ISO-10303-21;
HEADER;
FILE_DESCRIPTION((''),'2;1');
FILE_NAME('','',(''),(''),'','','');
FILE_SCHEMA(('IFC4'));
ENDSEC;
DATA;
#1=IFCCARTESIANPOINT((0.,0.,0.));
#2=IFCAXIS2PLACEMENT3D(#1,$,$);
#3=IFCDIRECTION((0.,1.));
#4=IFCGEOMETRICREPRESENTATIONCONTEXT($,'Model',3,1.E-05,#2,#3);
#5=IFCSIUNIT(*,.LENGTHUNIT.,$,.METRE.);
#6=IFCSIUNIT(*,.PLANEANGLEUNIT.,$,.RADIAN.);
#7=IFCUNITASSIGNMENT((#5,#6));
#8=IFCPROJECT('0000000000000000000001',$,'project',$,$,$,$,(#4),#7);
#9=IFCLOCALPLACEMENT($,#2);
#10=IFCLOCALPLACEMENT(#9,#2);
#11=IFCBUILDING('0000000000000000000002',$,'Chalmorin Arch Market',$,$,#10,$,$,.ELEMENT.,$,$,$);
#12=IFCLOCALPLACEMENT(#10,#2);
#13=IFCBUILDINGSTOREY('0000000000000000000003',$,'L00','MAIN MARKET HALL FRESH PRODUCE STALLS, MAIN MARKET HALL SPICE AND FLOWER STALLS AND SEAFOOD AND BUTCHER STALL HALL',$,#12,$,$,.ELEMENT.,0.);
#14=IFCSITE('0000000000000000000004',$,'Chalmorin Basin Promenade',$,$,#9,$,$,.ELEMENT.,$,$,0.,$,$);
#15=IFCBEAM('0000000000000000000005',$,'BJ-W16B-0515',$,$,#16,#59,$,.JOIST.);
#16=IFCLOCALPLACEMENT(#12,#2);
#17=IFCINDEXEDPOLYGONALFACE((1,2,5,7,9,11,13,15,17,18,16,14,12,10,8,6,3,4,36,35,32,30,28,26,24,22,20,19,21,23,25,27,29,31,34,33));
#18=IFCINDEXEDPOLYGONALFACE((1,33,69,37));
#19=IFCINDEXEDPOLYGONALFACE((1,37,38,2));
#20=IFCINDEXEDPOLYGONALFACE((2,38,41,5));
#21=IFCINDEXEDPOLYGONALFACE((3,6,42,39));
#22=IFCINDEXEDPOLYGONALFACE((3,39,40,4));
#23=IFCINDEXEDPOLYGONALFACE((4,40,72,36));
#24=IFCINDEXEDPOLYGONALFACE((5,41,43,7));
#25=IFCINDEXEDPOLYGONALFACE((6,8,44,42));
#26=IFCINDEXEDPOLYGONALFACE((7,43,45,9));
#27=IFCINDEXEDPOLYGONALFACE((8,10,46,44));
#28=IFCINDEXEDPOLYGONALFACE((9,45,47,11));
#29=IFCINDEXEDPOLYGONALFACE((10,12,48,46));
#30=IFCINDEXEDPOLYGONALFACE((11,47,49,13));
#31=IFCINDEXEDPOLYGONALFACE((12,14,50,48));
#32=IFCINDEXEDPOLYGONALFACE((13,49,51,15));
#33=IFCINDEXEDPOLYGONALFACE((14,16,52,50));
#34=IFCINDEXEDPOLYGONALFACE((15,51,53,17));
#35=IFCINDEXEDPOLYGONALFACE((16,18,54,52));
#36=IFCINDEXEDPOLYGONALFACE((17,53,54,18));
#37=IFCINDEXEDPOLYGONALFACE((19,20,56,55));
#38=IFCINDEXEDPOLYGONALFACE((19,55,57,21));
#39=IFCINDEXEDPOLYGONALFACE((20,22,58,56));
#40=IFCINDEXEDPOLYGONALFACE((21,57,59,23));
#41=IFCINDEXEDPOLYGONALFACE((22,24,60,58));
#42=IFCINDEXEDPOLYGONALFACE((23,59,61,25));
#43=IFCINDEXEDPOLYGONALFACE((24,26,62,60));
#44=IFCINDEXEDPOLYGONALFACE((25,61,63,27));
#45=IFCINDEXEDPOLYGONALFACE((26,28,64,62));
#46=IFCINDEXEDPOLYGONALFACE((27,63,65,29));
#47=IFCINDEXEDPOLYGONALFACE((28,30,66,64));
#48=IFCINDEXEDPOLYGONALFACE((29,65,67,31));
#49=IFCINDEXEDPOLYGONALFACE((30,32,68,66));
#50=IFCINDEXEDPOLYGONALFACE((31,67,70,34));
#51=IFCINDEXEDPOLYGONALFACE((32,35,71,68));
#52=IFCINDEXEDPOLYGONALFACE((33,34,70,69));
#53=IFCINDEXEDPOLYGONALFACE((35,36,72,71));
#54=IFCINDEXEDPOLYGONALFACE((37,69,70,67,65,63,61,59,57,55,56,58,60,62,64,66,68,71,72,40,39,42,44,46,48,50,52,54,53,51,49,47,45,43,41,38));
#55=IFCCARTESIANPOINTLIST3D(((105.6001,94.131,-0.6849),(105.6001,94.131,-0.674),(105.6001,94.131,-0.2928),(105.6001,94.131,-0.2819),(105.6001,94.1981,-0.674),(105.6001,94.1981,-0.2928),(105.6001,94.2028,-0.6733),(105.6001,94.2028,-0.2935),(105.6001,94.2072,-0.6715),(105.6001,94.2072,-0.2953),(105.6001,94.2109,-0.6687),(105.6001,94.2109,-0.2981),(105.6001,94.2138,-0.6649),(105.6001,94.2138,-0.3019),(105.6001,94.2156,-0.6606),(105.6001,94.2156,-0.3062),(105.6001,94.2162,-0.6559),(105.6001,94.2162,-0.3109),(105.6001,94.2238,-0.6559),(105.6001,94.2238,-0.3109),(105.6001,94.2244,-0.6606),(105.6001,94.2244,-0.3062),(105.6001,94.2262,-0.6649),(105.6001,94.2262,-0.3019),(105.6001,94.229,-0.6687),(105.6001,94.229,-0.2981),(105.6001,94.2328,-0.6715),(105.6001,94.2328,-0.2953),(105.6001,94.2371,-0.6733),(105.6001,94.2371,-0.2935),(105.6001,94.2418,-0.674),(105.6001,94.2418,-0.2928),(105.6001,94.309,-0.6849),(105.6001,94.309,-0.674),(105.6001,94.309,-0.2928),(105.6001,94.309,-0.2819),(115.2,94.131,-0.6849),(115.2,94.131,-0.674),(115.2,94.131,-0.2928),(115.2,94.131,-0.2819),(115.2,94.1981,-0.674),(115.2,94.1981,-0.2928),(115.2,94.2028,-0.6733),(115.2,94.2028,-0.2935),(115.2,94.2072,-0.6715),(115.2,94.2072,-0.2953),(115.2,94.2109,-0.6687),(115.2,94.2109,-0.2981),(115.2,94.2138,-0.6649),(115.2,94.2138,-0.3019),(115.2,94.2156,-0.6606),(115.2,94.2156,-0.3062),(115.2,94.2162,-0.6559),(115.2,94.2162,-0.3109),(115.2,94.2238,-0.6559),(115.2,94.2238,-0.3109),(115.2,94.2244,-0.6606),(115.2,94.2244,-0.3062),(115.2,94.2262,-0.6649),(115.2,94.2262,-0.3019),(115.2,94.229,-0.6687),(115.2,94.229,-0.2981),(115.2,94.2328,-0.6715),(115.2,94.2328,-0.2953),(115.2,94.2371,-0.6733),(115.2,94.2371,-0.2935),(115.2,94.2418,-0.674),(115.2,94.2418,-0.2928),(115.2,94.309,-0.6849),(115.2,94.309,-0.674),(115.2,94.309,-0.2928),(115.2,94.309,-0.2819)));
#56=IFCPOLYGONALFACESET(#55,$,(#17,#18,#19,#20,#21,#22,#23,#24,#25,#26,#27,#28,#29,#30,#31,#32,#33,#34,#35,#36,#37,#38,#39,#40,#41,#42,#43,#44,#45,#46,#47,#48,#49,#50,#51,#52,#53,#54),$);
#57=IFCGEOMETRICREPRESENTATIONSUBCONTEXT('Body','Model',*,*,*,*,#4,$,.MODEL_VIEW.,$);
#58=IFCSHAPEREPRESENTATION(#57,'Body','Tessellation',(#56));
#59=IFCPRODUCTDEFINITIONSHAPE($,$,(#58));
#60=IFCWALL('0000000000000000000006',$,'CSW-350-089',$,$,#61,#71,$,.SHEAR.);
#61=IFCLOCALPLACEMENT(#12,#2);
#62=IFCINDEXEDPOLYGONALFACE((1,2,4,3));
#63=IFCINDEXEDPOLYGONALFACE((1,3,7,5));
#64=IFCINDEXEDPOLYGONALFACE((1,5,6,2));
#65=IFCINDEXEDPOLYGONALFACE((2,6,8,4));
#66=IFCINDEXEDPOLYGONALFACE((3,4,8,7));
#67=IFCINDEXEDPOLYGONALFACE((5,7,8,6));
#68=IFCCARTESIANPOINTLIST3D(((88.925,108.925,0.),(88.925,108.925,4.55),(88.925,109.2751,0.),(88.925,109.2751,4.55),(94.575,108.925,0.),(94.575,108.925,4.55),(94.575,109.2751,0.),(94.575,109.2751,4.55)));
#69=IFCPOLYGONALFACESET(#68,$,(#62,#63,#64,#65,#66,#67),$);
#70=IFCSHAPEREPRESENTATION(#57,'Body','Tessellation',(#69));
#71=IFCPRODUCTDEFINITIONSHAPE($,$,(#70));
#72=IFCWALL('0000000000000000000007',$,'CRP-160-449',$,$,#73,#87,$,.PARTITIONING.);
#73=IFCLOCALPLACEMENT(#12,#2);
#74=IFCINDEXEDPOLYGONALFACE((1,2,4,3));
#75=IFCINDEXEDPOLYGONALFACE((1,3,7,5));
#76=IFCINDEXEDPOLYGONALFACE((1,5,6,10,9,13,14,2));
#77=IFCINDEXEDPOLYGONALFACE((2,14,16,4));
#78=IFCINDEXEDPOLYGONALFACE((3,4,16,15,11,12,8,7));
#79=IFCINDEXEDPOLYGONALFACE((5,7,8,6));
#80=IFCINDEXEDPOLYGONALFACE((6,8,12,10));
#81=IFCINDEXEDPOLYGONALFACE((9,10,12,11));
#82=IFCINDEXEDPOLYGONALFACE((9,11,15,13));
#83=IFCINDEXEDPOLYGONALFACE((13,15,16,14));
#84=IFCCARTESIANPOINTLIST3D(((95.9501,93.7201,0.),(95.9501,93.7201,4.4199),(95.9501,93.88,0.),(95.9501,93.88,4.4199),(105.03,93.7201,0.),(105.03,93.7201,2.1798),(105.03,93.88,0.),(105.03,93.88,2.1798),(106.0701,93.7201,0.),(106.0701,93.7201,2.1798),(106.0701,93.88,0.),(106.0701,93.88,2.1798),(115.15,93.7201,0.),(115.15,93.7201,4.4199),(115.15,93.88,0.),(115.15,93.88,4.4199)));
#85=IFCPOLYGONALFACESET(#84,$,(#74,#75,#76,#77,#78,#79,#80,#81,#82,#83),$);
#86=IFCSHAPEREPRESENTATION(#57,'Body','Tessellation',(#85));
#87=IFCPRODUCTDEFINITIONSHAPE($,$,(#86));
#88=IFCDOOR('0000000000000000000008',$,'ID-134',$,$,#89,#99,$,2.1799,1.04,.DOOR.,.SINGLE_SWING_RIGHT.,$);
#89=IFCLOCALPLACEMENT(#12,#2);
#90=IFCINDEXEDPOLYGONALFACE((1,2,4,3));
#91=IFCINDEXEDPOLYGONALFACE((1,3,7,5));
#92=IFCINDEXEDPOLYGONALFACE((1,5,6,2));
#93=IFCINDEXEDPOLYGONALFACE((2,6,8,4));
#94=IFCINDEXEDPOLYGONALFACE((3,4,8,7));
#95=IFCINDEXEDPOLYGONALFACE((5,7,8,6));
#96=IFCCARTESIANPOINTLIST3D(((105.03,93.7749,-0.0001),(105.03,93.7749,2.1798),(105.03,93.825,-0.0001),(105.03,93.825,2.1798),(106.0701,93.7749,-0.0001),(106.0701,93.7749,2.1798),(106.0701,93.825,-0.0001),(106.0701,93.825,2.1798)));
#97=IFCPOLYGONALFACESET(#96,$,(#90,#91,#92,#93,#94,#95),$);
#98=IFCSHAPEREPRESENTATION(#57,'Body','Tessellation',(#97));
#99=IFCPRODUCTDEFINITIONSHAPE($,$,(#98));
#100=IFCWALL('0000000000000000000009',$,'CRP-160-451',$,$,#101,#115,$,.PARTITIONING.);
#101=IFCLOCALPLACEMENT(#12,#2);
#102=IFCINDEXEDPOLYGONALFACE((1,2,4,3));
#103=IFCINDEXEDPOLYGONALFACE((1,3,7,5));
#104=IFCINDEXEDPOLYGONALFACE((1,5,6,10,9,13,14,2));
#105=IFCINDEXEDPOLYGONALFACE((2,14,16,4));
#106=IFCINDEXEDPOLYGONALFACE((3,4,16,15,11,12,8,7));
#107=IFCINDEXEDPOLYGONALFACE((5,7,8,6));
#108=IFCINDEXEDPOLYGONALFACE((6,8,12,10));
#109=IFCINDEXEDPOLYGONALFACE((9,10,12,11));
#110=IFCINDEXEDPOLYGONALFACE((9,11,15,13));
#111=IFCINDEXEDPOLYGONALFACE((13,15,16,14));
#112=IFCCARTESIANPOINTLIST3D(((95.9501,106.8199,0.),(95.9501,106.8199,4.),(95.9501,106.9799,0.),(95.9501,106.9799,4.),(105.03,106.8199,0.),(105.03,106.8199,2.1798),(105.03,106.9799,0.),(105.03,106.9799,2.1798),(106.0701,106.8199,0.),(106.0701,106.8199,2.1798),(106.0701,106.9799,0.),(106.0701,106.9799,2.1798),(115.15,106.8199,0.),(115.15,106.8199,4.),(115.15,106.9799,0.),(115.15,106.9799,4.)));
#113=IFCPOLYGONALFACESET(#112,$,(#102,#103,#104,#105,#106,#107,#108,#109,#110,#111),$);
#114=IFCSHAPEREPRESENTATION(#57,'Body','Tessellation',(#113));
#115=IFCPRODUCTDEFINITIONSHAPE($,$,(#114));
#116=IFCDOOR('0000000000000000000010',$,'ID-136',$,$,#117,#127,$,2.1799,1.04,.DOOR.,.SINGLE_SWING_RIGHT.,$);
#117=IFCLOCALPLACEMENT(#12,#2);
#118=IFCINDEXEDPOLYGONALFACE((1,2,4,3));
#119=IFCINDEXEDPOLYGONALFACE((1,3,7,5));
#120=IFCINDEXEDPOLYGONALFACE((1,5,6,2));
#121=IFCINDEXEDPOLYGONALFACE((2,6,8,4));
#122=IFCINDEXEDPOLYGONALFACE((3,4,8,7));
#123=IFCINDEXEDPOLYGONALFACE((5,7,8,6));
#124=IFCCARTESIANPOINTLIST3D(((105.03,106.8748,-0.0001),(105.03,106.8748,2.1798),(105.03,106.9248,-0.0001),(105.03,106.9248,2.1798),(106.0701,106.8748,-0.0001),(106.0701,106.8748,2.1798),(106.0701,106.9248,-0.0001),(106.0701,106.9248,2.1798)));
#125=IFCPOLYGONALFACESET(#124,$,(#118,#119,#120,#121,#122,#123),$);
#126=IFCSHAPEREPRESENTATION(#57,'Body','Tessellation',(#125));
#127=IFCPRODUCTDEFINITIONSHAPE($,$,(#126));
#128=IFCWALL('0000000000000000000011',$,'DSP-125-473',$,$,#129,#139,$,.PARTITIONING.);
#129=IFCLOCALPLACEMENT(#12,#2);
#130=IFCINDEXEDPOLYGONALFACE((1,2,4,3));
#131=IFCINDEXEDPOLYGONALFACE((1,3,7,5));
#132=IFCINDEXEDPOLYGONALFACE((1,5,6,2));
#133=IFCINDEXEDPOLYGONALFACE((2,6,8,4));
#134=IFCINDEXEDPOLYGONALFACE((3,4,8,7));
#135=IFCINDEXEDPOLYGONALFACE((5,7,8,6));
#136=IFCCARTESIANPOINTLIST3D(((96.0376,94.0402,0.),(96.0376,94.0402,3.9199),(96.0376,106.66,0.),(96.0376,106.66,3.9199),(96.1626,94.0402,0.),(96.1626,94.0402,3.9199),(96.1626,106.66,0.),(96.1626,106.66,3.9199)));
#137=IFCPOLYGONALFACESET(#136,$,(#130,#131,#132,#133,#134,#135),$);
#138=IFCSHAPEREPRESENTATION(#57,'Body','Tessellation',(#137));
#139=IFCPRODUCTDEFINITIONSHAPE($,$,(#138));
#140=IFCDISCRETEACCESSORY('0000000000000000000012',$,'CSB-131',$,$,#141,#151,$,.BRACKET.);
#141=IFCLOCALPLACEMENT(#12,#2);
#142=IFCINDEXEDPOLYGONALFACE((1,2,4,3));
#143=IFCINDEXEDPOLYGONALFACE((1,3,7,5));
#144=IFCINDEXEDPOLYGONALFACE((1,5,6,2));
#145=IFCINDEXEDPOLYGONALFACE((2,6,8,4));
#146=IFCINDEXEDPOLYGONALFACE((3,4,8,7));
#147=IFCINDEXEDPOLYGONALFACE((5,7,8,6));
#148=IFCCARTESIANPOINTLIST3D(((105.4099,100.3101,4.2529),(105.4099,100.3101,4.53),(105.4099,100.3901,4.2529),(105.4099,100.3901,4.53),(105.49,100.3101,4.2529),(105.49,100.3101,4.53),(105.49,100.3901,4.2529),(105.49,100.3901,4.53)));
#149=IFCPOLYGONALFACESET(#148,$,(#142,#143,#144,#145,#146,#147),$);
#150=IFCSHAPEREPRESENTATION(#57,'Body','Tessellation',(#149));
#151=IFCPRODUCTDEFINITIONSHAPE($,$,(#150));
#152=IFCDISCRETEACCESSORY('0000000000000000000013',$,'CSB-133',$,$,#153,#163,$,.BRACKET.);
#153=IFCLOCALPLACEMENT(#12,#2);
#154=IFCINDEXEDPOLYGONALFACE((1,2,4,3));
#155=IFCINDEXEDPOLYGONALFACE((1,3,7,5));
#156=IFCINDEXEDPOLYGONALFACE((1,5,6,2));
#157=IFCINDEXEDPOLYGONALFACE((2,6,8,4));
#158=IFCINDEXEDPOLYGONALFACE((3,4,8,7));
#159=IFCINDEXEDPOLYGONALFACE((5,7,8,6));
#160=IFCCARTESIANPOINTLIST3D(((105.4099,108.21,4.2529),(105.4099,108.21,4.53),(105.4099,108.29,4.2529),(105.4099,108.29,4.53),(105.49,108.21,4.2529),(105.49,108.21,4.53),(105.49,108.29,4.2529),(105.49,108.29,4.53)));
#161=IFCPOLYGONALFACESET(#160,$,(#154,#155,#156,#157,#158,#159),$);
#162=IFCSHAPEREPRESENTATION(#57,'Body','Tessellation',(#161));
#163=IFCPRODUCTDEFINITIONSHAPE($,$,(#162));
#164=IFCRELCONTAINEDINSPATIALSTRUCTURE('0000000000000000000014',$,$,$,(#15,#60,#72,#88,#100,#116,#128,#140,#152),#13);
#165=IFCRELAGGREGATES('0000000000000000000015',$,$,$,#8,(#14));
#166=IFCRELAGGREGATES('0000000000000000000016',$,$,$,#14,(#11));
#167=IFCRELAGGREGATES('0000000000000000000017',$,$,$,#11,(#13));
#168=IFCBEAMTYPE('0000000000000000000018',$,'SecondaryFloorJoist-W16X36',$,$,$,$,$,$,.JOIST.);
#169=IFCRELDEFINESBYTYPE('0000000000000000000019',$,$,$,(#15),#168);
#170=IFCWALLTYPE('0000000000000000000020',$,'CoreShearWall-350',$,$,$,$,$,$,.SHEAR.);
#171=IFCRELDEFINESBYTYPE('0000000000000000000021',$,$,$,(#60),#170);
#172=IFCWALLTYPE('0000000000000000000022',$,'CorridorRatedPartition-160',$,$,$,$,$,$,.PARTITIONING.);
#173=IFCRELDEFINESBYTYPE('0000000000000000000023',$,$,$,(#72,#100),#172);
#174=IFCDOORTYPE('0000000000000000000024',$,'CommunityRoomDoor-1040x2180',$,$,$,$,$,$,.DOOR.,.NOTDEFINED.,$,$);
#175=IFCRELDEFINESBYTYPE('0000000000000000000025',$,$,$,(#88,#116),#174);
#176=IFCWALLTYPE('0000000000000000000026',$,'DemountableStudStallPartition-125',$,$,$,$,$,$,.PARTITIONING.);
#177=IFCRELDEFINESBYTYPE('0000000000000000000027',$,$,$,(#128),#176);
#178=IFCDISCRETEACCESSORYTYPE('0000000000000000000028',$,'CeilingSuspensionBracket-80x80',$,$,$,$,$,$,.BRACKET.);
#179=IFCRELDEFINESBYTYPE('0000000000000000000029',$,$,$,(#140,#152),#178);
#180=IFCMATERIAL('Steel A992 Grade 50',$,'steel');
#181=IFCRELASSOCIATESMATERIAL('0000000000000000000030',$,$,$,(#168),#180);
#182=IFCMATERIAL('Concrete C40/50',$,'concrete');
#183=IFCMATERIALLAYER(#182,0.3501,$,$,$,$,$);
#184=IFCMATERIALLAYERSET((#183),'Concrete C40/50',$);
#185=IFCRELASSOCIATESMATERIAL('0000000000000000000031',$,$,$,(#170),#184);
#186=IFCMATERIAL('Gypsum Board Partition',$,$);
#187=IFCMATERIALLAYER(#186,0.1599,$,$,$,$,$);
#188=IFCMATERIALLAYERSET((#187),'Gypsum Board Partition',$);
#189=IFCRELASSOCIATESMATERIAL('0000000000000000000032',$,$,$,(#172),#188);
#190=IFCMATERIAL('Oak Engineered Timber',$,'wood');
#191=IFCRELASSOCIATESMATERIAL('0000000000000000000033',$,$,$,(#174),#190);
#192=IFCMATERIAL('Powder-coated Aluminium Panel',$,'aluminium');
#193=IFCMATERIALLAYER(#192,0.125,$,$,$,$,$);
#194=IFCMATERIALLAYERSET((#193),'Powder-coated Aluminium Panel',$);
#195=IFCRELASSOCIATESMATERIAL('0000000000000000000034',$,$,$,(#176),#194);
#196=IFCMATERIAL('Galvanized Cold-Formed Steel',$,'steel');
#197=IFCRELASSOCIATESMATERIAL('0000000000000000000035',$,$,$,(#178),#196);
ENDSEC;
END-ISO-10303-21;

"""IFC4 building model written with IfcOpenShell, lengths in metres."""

from ifc_helpers import new_model, si_unit, direction, frame, frame_2d, origin, origin_2d, place, context, subcontext, project, spatial, rectangle, i_section, extrude, material, layer, layer_set, material_profile, profile_set, type_object, element, fill, save


model = new_model("IFC4")

# Units and contexts
model_context = context("Model", 3, precision=1e-05, world=origin(), true_north=direction((0.0, 1.0)))
body_context = subcontext(model_context, "Body", "Model", "MODEL_VIEW")
ifc_project = project(units=[si_unit("LENGTHUNIT", "METRE"), si_unit("PLANEANGLEUNIT", "RADIAN")], contexts=[model_context])

# Site, building, storey
site_placement = place(None, origin())
site = spatial("IfcSite", under=ifc_project, at=site_placement, Name="Chalmorin Basin Promenade", CompositionType="ELEMENT", RefElevation=0.0)
building_placement = place(site_placement, origin())
building = spatial("IfcBuilding", under=site, at=building_placement, Name="Chalmorin Arch Market", CompositionType="ELEMENT")
storey_placement = place(building_placement, origin())
storey = spatial("IfcBuildingStorey", under=building, at=storey_placement, Name="L00", Description="MAIN MARKET HALL FRESH PRODUCE STALLS, MAIN MARKET HALL SPICE AND FLOWER STALLS AND SEAFOOD AND BUTCHER STALL HALL", CompositionType="ELEMENT", Elevation=0.0)

# Shared definitions
ifc_material_1 = material(Name="Concrete C40/50", Category="concrete")

# Beam
ifc_material_2 = material(Name="Steel A992 Grade 50", Category="steel")
ifc_material_profile_1 = material_profile(ifc_material_2, i_section(OverallWidth=0.178, OverallDepth=0.4031, WebThickness=0.0076, FlangeThickness=0.011, FilletRadius=0.0181, at=origin_2d()), Name="W16X36")
ifc_profile_set_1 = profile_set([ifc_material_profile_1], Name="Steel A992 Grade 50")
beam_type_1 = type_object("IfcBeamType", Name="SecondaryFloorJoist-W16X36", PredefinedType="JOIST", material=ifc_profile_set_1)
beam_1_placement = place(storey_placement, frame((105.6001, 94.22, -0.4834), z_axis=(1.0, 0.0, 0.0), x_axis=(0.0, 1.0, 0.0)))
element("IfcBeam", 1, at=beam_1_placement, inside=storey, type_object=beam_type_1, Name="BJ-W16B-0515", PredefinedType="JOIST", context=body_context, shape_type="SweptSolid", body=[
    extrude(i_section(OverallWidth=0.178, OverallDepth=0.4031, WebThickness=0.0076, FlangeThickness=0.011, FilletRadius=0.0181, at=origin_2d()), origin(), (0.0, 0.0, 1.0), 9.5999),
])

# Wall
ifc_layer_1 = layer(ifc_material_1, 0.3501)
ifc_layer_set_1 = layer_set([ifc_layer_1], Name="Concrete C40/50")
wall_type_1 = type_object("IfcWallType", Name="CoreShearWall-350", PredefinedType="SHEAR", material=ifc_layer_set_1)
wall_1_placement = place(storey_placement, frame((94.575, 109.1001, 0.0), z_axis=(0.0, 0.0, 1.0), x_axis=(-1.0, 0.0, 0.0)))
element("IfcWall", 2, at=wall_1_placement, inside=storey, type_object=wall_type_1, Name="CSW-350-089", PredefinedType="SHEAR", context=body_context, shape_type="SweptSolid", body=[
    extrude(rectangle(XDim=5.6499, YDim=0.3501, at=frame_2d((2.825, 0.0))), origin(), (0.0, 0.0, 1.0), 4.55),
])

# Walls, openings, doors
ifc_material_3 = material(Name="Gypsum Board Partition")
ifc_layer_2 = layer(ifc_material_3, 0.1599)
ifc_layer_set_2 = layer_set([ifc_layer_2], Name="Gypsum Board Partition")
wall_type_2 = type_object("IfcWallType", Name="CorridorRatedPartition-160", PredefinedType="PARTITIONING", material=ifc_layer_set_2)
wall_2_placement = place(storey_placement, frame((95.95, 93.8, 0.0), z_axis=(0.0, 0.0, 1.0), x_axis=(1.0, 0.0, 0.0)))
wall_2 = element("IfcWall", 3, at=wall_2_placement, inside=storey, type_object=wall_type_2, Name="CRP-160-449", PredefinedType="PARTITIONING", context=body_context, shape_type="SweptSolid", body=[
    extrude(rectangle(XDim=19.2, YDim=0.1599, at=frame_2d((9.6001, 0.0))), origin(), (0.0, 0.0, 1.0), 4.4199),
])
opening_1_placement = place(wall_2_placement, frame((9.0801, 0.0, 0.0)))
opening_1 = element("IfcOpeningElement", 4, at=opening_1_placement, cuts=wall_2, PredefinedType="OPENING", context=body_context, shape_type="SweptSolid", body=[
    extrude(rectangle(XDim=1.04, YDim=2.1799, at=frame_2d((0.52, 1.0898))), frame((0.0, 0.0898, 0.0), z_axis=(0.0, -1.0, 0.0), x_axis=(1.0, 0.0, 0.0)), (0.0, 0.0, 1.0), 0.1799),
])
ifc_material_4 = material(Name="Oak Engineered Timber", Category="wood")
door_type_1 = type_object("IfcDoorType", Name="CommunityRoomDoor-1040x2180", OperationType="NOTDEFINED", PredefinedType="DOOR", material=ifc_material_4)
door_1_placement = place(opening_1_placement, origin())
door_1 = element("IfcDoor", 5, at=door_1_placement, inside=storey, type_object=door_type_1, Name="ID-134", OperationType="SINGLE_SWING_RIGHT", OverallHeight=2.1799, OverallWidth=1.04, PredefinedType="DOOR", context=body_context, shape_type="SweptSolid", body=[
    extrude(rectangle(XDim=1.04, YDim=2.1799, at=frame_2d((0.52, 1.0898))), frame((0.0, 0.0249, 0.0), z_axis=(0.0, -1.0, 0.0), x_axis=(1.0, 0.0, 0.0)), (0.0, 0.0, 1.0), 0.05),
])
fill(opening_1, door_1)
wall_3_placement = place(storey_placement, frame((95.95, 106.8999, 0.0), z_axis=(0.0, 0.0, 1.0), x_axis=(1.0, 0.0, 0.0)))
wall_3 = element("IfcWall", 6, at=wall_3_placement, inside=storey, type_object=wall_type_2, Name="CRP-160-451", PredefinedType="PARTITIONING", context=body_context, shape_type="SweptSolid", body=[
    extrude(rectangle(XDim=19.2, YDim=0.1599, at=frame_2d((9.6001, 0.0))), origin(), (0.0, 0.0, 1.0), 4.0),
])
opening_2_placement = place(wall_3_placement, frame((9.0801, 0.0, 0.0)))
opening_2 = element("IfcOpeningElement", 7, at=opening_2_placement, cuts=wall_3, PredefinedType="OPENING", context=body_context, shape_type="SweptSolid", body=[
    extrude(rectangle(XDim=1.04, YDim=2.1799, at=frame_2d((0.52, 1.0898))), frame((0.0, 0.0898, 0.0), z_axis=(0.0, -1.0, 0.0), x_axis=(1.0, 0.0, 0.0)), (0.0, 0.0, 1.0), 0.1799),
])
door_2_placement = place(opening_2_placement, origin())
door_2 = element("IfcDoor", 8, at=door_2_placement, inside=storey, type_object=door_type_1, Name="ID-136", OperationType="SINGLE_SWING_RIGHT", OverallHeight=2.1799, OverallWidth=1.04, PredefinedType="DOOR", context=body_context, shape_type="SweptSolid", body=[
    extrude(rectangle(XDim=1.04, YDim=2.1799, at=frame_2d((0.52, 1.0898))), frame((0.0, 0.0249, 0.0), z_axis=(0.0, -1.0, 0.0), x_axis=(1.0, 0.0, 0.0)), (0.0, 0.0, 1.0), 0.05),
])
fill(opening_2, door_2)

# Wall
ifc_material_5 = material(Name="Powder-coated Aluminium Panel", Category="aluminium")
ifc_layer_3 = layer(ifc_material_5, 0.125)
ifc_layer_set_3 = layer_set([ifc_layer_3], Name="Powder-coated Aluminium Panel")
wall_type_3 = type_object("IfcWallType", Name="DemountableStudStallPartition-125", PredefinedType="PARTITIONING", material=ifc_layer_set_3)
wall_4_placement = place(storey_placement, frame((96.1001, 94.04, 0.0), z_axis=(0.0, 0.0, 1.0), x_axis=(0.0, 1.0, 0.0)))
element("IfcWall", 9, at=wall_4_placement, inside=storey, type_object=wall_type_3, Name="DSP-125-473", PredefinedType="PARTITIONING", context=body_context, shape_type="SweptSolid", body=[
    extrude(rectangle(XDim=12.6199, YDim=0.125, at=frame_2d((6.3101, 0.0))), origin(), (0.0, 0.0, 1.0), 3.9199),
])

# Discrete accessories
ifc_material_6 = material(Name="Galvanized Cold-Formed Steel", Category="steel")
discrete_accessory_type = type_object("IfcDiscreteAccessoryType", Name="CeilingSuspensionBracket-80x80", PredefinedType="BRACKET", material=ifc_material_6)
for number, where, z_axis, x_axis, name in (
    (10, (105.45, 100.3501, 4.2529), (0.0, 0.0, 1.0), (1.0, 0.0, 0.0), "CSB-131"),
    (11, (105.45, 108.25, 4.2529), (0.0, 0.0, 1.0), (1.0, 0.0, 0.0), "CSB-133"),
):
    element("IfcDiscreteAccessory", number, at=place(storey_placement, frame(where, z_axis=z_axis, x_axis=x_axis)), inside=storey, type_object=discrete_accessory_type, Name=name, PredefinedType="BRACKET", context=body_context, shape_type="SweptSolid", body=[
        extrude(rectangle(XDim=0.0801, YDim=0.0801, at=origin_2d()), origin(), (0.0, 0.0, 1.0), 0.2771),
    ])

save(model, "model.ifc")
